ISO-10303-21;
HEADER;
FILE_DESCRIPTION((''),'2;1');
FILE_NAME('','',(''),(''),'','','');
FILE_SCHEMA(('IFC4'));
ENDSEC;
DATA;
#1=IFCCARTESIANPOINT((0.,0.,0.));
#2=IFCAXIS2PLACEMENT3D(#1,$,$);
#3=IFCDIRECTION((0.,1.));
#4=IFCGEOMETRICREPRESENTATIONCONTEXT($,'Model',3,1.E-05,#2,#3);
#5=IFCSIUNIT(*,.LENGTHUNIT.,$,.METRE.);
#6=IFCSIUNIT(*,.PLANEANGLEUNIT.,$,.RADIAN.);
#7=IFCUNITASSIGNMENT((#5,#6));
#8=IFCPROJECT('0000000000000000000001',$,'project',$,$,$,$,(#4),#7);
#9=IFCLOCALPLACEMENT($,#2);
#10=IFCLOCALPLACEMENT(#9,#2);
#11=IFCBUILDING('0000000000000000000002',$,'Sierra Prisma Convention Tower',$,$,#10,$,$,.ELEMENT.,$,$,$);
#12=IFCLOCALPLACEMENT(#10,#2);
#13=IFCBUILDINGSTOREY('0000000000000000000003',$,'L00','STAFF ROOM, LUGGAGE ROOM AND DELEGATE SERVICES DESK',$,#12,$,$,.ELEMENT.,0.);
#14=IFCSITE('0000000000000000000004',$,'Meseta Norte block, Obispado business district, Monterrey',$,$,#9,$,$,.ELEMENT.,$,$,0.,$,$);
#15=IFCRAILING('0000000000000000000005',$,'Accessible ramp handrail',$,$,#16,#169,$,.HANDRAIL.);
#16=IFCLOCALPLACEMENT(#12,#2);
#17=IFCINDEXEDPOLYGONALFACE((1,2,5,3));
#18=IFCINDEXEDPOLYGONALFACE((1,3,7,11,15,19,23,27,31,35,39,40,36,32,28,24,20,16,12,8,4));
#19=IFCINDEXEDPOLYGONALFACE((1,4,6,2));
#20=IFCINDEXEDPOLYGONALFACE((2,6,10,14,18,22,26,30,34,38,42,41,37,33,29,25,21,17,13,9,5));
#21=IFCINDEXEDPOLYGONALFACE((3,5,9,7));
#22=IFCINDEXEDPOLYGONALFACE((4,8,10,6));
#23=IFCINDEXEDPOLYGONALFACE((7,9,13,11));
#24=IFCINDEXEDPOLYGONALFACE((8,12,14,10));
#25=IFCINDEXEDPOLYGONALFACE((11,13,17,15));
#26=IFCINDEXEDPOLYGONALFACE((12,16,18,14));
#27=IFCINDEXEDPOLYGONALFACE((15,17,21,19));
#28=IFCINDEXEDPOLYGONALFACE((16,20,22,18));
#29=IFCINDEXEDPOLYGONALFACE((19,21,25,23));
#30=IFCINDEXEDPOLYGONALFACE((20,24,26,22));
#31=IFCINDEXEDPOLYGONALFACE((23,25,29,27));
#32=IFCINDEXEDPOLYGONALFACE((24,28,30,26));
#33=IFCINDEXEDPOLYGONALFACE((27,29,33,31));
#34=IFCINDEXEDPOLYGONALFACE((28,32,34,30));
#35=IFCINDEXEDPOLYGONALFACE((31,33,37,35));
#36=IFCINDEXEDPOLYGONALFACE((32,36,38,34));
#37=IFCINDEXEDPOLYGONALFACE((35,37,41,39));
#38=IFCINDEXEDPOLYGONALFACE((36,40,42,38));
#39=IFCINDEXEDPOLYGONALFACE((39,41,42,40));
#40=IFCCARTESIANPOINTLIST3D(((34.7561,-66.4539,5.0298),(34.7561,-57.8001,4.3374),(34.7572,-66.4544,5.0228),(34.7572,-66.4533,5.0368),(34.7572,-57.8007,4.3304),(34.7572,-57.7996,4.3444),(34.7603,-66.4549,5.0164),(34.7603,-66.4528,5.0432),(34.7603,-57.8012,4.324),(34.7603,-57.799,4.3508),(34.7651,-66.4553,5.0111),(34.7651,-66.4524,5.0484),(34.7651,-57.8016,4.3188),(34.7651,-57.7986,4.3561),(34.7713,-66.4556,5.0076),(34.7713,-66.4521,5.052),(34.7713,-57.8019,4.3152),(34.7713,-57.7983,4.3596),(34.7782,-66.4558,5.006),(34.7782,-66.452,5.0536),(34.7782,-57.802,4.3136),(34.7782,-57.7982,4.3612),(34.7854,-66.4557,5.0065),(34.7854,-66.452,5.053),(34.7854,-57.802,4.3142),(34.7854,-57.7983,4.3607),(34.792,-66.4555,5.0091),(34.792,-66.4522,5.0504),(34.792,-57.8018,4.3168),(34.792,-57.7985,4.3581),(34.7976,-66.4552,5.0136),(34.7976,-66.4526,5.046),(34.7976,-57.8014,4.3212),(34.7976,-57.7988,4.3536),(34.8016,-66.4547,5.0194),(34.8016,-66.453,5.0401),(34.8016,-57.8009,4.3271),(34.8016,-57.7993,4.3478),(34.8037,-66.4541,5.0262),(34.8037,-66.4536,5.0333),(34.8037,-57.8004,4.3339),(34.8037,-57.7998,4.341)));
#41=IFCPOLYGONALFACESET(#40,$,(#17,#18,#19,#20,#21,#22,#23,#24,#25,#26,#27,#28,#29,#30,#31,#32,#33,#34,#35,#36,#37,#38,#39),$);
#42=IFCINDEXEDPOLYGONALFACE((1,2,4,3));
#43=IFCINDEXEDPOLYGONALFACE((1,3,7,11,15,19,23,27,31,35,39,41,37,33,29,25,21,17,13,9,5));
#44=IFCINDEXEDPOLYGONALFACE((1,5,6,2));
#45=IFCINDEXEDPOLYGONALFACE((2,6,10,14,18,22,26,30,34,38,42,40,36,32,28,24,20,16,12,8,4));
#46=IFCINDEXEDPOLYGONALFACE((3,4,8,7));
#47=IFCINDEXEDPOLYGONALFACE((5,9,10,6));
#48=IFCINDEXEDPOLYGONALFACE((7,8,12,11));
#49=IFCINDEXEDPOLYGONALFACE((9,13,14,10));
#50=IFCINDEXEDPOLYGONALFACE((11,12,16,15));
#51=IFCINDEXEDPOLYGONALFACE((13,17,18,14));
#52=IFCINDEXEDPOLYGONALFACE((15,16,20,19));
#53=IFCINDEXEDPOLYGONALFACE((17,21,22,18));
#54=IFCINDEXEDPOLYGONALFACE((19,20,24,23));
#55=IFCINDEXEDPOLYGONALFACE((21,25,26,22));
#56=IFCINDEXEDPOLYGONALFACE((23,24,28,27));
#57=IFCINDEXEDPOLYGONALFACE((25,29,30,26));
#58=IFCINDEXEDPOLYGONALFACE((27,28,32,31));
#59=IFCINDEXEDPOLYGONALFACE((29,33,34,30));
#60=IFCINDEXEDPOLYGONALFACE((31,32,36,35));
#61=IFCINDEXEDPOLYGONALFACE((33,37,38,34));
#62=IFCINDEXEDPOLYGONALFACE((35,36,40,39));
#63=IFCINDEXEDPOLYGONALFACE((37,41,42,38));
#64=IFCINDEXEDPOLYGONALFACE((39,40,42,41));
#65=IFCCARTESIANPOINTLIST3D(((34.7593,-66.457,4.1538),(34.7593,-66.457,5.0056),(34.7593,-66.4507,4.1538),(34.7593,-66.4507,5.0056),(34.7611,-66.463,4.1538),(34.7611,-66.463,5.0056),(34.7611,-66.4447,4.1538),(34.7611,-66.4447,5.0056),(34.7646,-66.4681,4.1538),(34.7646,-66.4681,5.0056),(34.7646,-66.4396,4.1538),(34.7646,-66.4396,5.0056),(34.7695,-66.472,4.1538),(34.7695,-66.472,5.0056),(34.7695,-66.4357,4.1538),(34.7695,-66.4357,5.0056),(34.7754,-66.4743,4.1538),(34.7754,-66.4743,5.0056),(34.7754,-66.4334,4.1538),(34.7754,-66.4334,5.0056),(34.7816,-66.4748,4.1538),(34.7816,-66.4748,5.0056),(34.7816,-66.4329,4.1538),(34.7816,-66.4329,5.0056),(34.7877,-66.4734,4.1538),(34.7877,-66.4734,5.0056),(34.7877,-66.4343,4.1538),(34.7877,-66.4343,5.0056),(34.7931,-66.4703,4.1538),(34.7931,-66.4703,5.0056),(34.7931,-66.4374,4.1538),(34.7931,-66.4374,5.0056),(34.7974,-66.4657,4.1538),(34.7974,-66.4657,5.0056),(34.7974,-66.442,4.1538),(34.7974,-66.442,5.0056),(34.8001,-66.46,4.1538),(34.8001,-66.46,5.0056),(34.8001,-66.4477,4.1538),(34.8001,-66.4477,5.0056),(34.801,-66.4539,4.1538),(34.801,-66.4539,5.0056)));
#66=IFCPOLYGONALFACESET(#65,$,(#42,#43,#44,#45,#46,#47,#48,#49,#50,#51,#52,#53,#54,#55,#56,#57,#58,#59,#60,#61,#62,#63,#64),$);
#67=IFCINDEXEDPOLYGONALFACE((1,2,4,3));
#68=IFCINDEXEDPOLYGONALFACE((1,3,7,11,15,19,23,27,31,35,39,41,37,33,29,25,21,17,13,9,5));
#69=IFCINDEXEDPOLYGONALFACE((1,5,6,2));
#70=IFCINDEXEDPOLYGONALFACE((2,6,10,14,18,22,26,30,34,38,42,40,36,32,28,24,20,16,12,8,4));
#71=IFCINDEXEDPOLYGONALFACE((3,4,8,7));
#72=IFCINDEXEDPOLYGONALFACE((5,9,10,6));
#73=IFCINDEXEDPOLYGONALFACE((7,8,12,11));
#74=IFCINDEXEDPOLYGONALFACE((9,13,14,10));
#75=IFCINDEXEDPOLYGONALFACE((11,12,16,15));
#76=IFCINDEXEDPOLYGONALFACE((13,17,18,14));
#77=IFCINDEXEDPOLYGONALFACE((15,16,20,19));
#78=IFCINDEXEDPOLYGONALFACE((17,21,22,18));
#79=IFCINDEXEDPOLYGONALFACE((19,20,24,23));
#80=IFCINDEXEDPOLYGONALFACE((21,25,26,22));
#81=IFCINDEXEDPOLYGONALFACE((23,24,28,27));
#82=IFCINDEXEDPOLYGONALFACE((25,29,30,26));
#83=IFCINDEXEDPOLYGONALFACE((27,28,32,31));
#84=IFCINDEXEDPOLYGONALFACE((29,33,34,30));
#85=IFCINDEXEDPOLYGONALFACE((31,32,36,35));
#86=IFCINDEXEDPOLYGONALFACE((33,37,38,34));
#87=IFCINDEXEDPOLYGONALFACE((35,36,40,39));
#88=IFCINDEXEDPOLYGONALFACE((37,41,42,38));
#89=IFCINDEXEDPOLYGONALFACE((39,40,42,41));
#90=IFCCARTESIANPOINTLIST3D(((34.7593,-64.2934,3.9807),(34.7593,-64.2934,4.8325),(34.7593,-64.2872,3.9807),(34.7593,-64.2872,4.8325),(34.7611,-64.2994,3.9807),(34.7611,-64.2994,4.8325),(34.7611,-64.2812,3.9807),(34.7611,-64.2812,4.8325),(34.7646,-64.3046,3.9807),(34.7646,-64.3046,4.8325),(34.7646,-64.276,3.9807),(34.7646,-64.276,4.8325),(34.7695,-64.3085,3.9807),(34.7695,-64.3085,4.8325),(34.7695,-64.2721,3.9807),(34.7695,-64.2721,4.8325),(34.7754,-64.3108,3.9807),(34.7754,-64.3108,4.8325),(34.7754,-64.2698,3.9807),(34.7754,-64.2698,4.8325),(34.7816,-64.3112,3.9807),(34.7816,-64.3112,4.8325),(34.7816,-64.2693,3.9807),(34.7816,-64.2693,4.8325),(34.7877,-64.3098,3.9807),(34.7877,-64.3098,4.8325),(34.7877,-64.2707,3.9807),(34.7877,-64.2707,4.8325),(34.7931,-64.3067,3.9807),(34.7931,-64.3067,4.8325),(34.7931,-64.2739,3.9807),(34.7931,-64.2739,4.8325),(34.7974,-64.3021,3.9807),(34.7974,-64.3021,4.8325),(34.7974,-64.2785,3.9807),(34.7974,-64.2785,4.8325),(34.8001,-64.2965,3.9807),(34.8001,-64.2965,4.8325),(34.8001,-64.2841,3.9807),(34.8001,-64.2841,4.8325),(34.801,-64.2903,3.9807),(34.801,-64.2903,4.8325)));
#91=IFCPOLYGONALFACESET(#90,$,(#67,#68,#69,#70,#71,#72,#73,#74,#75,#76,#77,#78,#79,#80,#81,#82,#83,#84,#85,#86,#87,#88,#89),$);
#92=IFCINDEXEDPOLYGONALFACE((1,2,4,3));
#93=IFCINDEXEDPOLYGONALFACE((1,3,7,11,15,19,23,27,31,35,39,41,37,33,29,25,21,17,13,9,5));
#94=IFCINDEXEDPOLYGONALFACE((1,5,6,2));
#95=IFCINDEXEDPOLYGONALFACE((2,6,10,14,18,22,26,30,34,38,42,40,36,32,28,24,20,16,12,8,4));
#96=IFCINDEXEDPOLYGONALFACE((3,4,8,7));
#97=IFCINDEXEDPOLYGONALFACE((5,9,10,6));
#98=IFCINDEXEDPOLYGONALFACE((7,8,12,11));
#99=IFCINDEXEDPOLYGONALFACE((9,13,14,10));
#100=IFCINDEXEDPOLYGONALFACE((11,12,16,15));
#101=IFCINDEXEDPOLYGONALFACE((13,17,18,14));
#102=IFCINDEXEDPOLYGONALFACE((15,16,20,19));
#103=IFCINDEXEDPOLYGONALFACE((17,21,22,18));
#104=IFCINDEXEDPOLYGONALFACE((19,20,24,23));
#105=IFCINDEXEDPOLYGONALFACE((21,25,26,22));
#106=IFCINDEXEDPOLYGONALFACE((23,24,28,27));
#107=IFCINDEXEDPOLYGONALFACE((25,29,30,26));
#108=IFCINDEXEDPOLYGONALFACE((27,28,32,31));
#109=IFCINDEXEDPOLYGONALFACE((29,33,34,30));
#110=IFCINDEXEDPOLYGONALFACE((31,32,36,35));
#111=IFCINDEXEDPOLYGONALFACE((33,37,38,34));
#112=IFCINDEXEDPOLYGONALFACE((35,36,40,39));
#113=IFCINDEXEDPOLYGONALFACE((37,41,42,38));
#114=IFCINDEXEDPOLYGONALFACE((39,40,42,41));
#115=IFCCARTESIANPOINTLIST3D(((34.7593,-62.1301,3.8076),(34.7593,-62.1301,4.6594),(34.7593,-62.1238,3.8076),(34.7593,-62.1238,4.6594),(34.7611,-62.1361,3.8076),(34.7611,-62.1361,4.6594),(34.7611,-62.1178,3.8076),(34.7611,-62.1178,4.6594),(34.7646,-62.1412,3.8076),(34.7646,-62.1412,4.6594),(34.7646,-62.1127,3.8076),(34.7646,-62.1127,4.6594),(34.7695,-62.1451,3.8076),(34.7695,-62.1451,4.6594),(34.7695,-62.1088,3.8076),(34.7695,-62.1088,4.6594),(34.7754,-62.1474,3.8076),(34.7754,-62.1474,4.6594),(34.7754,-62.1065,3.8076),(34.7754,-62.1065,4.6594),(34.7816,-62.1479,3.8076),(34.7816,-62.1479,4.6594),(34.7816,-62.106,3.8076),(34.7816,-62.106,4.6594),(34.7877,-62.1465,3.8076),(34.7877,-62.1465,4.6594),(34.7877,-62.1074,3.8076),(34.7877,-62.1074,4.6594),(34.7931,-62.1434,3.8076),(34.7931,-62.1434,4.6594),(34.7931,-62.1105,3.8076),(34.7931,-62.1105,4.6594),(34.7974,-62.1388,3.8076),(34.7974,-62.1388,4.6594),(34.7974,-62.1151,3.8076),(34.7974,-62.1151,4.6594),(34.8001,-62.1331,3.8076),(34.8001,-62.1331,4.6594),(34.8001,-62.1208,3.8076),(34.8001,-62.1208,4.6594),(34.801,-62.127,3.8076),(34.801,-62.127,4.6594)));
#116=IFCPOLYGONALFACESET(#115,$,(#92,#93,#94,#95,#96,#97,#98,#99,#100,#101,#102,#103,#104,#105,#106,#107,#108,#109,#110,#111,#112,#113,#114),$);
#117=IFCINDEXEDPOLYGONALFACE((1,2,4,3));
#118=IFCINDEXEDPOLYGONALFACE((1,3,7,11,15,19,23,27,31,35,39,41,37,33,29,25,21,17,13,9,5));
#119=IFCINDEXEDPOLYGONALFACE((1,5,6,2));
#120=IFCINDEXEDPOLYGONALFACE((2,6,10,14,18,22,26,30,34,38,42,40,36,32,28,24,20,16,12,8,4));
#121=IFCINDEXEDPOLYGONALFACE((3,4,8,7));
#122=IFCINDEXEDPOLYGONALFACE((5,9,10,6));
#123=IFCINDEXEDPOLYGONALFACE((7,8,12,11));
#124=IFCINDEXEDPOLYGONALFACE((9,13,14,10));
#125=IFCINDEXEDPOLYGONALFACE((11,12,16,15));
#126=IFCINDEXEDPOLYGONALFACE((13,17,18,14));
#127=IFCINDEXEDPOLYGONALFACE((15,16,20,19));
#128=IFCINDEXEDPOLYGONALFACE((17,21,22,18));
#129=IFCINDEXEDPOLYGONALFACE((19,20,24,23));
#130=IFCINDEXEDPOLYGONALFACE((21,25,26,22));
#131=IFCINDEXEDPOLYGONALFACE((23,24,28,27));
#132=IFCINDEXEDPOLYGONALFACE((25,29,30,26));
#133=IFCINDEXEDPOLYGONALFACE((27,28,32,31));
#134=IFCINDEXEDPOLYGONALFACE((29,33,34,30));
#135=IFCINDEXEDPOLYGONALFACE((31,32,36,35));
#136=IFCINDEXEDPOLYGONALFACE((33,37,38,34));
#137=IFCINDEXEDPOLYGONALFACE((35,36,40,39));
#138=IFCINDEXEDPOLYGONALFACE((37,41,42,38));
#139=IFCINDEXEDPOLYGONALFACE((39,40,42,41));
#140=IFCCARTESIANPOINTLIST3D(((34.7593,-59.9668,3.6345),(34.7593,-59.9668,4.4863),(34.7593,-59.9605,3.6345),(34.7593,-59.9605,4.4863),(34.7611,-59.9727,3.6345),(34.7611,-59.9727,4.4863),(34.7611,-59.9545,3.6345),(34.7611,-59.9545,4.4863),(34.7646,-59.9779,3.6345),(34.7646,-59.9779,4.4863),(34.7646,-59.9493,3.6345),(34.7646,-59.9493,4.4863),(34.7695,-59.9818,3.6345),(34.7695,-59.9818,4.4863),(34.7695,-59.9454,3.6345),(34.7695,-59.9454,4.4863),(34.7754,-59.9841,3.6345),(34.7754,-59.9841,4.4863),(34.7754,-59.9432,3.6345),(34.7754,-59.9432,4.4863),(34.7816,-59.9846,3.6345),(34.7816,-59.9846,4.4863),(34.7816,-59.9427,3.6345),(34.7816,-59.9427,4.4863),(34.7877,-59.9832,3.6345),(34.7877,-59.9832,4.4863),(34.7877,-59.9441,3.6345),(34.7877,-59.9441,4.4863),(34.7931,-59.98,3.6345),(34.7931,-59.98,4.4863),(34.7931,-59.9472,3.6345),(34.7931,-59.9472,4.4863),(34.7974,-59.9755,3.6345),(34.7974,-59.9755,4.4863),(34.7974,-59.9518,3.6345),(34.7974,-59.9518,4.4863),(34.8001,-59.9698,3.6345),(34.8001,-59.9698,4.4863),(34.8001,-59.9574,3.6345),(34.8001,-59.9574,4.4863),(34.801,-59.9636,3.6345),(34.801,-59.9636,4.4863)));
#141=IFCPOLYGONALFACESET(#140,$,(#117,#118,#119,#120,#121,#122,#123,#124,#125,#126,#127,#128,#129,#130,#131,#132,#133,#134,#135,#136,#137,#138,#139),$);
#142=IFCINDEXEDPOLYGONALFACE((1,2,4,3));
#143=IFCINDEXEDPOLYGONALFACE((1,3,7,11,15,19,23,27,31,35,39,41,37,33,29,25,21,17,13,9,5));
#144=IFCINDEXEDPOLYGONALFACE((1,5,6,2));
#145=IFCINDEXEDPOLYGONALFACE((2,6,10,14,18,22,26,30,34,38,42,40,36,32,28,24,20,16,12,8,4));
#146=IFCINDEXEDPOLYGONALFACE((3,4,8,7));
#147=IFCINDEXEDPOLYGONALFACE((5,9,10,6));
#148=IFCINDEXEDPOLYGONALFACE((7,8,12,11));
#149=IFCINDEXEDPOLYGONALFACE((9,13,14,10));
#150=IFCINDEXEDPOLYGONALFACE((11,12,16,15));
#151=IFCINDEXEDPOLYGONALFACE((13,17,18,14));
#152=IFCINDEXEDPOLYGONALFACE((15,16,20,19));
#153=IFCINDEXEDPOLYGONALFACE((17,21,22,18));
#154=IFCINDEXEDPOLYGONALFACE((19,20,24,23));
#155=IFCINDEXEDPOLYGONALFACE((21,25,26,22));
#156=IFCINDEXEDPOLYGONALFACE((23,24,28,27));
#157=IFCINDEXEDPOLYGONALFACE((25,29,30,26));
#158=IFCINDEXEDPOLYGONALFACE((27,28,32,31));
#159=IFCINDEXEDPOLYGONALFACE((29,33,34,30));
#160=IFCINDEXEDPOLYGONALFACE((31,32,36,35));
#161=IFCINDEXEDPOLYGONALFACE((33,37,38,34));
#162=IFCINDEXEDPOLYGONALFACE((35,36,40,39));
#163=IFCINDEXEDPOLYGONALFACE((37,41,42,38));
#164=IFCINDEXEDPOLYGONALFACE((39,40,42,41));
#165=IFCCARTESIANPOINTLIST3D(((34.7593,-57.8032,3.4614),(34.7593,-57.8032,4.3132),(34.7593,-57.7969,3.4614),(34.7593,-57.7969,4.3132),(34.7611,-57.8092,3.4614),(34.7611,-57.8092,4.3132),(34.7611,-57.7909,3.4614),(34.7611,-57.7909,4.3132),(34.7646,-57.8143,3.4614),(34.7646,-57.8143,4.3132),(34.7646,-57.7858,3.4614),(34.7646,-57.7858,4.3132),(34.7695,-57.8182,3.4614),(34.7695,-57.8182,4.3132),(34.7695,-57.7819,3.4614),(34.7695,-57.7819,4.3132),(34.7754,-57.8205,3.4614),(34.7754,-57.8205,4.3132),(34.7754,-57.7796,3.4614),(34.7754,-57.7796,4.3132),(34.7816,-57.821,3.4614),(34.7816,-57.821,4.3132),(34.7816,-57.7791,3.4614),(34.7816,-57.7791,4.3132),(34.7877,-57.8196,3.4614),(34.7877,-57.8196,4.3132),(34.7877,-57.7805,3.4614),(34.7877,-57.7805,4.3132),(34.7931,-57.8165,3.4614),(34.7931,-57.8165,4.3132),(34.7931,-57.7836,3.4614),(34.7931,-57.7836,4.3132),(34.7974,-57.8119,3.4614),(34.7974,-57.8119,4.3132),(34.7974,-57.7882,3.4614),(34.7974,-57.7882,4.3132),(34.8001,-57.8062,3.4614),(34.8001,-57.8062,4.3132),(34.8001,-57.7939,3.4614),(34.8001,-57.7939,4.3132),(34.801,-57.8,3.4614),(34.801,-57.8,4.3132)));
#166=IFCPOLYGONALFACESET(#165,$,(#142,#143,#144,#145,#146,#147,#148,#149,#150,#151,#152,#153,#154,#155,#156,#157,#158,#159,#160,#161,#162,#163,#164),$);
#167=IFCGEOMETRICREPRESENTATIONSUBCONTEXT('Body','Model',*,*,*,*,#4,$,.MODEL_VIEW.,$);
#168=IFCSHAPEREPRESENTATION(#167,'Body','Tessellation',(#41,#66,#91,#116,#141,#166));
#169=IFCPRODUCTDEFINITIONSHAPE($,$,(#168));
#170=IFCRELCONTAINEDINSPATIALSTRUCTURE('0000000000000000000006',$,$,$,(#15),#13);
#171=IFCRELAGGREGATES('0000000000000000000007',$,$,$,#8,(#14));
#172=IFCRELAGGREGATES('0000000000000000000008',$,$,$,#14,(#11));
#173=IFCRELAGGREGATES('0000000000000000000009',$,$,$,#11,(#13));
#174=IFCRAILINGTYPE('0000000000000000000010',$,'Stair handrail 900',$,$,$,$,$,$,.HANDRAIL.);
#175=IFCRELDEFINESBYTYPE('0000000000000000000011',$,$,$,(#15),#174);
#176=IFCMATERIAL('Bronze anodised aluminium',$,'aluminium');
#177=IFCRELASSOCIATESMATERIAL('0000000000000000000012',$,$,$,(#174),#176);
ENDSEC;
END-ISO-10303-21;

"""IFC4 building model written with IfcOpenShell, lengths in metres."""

from ifc_helpers import new_model, si_unit, direction, frame, origin, origin_2d, place, context, subcontext, project, spatial, circle, extrude, material, type_object, element, save


model = new_model("IFC4")

# Units and contexts
model_context = context("Model", 3, precision=1e-05, world=origin(), true_north=direction((0.0, 1.0)))
body_context = subcontext(model_context, "Body", "Model", "MODEL_VIEW")
ifc_project = project(units=[si_unit("LENGTHUNIT", "METRE"), si_unit("PLANEANGLEUNIT", "RADIAN")], contexts=[model_context])

# Site, building, storey
site_placement = place(None, origin())
site = spatial("IfcSite", under=ifc_project, at=site_placement, Name="Meseta Norte block, Obispado business district, Monterrey", CompositionType="ELEMENT", RefElevation=0.0)
building_placement = place(site_placement, origin())
building = spatial("IfcBuilding", under=site, at=building_placement, Name="Sierra Prisma Convention Tower", CompositionType="ELEMENT")
storey_placement = place(building_placement, origin())
storey = spatial("IfcBuildingStorey", under=building, at=storey_placement, Name="L00", Description="STAFF ROOM, LUGGAGE ROOM AND DELEGATE SERVICES DESK", CompositionType="ELEMENT", Elevation=0.0)

# Railing
ifc_material_1 = material(Name="Bronze anodised aluminium", Category="aluminium")
railing_type_1 = type_object("IfcRailingType", Name="Stair handrail 900", PredefinedType="HANDRAIL", material=ifc_material_1)
for number, where, name in (
    (1, (34.78, -66.4539, 4.1538), "Accessible ramp handrail"),
):
    element("IfcRailing", number, at=place(storey_placement, frame(where)), inside=storey, type_object=railing_type_1, Name=name, PredefinedType="HANDRAIL", context=body_context, shape_type="SweptSolid", body=[
        extrude(circle(Radius=0.0239, at=origin_2d()), frame((0.0, 0.0, 0.876), z_axis=(0.0, 0.996815, -0.079754), x_axis=(-1.0, 0.0, 0.0)), (0.0, 0.0, 1.0), 8.6814),
        extrude(circle(Radius=0.021, at=origin_2d()), origin(), (0.0, 0.0, 1.0), 0.8518),
        extrude(circle(Radius=0.021, at=origin_2d()), frame((0.0, 2.1636, -0.1731)), (0.0, 0.0, 1.0), 0.8518),
        extrude(circle(Radius=0.021, at=origin_2d()), frame((0.0, 4.3269, -0.3462)), (0.0, 0.0, 1.0), 0.8518),
        extrude(circle(Radius=0.021, at=origin_2d()), frame((0.0, 6.4902, -0.5193)), (0.0, 0.0, 1.0), 0.8518),
        extrude(circle(Radius=0.021, at=origin_2d()), frame((0.0, 8.6538, -0.6924)), (0.0, 0.0, 1.0), 0.8518),
    ])

save(model, "model.ifc")
